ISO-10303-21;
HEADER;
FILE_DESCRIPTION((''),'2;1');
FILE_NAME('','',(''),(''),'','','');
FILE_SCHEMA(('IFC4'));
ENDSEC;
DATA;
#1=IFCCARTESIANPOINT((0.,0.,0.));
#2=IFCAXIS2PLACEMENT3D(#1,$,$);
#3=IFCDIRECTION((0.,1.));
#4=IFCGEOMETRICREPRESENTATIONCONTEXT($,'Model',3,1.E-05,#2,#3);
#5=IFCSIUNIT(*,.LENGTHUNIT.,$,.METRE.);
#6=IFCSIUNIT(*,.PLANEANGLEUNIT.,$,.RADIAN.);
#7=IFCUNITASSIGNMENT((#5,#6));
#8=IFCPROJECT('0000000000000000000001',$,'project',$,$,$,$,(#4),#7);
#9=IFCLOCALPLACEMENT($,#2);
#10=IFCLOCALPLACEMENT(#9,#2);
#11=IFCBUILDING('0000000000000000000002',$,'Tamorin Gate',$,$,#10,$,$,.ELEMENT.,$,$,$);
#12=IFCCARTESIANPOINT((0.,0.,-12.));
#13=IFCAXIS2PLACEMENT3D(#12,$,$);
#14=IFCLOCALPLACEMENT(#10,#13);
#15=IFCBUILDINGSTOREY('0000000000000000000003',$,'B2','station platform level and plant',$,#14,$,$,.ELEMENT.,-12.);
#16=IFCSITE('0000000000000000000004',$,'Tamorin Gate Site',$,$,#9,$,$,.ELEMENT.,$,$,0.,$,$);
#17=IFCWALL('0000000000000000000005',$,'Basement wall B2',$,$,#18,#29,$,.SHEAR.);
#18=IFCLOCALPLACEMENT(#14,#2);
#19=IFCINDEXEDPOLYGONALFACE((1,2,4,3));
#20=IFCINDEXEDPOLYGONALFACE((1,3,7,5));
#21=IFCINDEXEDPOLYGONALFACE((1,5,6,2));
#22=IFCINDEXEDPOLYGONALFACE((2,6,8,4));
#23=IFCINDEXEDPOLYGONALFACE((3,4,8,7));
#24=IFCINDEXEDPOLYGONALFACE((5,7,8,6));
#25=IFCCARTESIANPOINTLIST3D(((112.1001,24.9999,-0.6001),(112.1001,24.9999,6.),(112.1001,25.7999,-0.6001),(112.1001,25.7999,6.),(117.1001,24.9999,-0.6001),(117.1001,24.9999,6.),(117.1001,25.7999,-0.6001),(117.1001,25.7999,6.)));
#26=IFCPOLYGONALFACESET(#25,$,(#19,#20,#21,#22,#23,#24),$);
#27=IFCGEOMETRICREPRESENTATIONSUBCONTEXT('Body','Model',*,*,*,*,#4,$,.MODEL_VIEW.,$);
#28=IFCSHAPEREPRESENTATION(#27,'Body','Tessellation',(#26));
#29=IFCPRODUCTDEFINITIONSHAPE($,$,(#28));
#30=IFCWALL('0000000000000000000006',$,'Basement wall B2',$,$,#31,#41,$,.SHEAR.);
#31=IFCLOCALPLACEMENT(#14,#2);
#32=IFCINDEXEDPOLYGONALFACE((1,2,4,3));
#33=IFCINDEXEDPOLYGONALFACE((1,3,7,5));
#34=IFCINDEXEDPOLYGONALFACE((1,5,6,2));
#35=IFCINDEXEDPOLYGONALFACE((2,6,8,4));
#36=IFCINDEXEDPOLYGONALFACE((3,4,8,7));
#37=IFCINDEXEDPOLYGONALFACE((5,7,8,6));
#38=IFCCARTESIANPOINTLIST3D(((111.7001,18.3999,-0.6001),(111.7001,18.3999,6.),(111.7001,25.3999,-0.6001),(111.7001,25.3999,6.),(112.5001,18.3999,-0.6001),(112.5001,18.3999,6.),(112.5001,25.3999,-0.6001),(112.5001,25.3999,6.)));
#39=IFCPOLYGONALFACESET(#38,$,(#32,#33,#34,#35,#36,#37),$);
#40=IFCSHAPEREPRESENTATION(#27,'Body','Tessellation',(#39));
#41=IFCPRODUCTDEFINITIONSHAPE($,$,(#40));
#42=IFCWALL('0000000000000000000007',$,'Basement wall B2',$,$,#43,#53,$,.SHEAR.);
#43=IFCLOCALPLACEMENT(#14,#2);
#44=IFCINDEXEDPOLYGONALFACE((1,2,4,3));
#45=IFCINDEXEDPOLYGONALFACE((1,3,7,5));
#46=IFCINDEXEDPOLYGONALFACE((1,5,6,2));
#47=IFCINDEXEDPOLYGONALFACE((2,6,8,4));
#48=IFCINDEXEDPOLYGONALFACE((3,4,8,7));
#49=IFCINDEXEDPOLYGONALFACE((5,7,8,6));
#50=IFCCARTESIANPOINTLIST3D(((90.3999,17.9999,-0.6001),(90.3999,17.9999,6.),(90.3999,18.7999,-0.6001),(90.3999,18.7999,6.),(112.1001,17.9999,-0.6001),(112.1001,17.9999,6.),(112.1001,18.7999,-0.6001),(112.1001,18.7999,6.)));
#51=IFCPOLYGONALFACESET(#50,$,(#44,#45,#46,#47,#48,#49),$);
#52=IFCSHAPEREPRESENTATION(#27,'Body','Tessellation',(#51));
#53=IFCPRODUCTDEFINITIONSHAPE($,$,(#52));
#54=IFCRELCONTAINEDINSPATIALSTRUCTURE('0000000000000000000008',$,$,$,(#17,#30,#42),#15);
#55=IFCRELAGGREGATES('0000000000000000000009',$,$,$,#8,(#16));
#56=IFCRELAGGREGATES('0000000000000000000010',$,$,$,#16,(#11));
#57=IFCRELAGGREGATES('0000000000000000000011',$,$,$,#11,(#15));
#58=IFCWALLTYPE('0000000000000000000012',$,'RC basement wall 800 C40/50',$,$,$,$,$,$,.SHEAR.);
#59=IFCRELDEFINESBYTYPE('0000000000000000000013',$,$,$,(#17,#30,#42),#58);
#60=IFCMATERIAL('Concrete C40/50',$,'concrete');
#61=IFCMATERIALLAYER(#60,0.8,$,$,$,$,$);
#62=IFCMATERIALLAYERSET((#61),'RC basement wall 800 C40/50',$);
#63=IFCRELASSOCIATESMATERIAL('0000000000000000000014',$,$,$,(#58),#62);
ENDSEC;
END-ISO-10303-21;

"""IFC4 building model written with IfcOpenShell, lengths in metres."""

from ifc_helpers import new_model, si_unit, direction, frame, frame_2d, origin, place, context, subcontext, project, spatial, rectangle, extrude, material, layer, layer_set, type_object, element, save


model = new_model("IFC4")

# Units and contexts
model_context = context("Model", 3, precision=1e-05, world=origin(), true_north=direction((0.0, 1.0)))
body_context = subcontext(model_context, "Body", "Model", "MODEL_VIEW")
ifc_project = project(units=[si_unit("LENGTHUNIT", "METRE"), si_unit("PLANEANGLEUNIT", "RADIAN")], contexts=[model_context])

# Site, building, storey
site_placement = place(None, origin())
site = spatial("IfcSite", under=ifc_project, at=site_placement, Name="Tamorin Gate Site", CompositionType="ELEMENT", RefElevation=0.0)
building_placement = place(site_placement, origin())
building = spatial("IfcBuilding", under=site, at=building_placement, Name="Tamorin Gate", CompositionType="ELEMENT")
storey_placement = place(building_placement, frame((0.0, 0.0, -12.0)))
storey = spatial("IfcBuildingStorey", under=building, at=storey_placement, Name="B2", Description="station platform level and plant", CompositionType="ELEMENT", Elevation=-12.0)

# Shared definitions
ifc_material_1 = material(Name="Concrete C40/50", Category="concrete")

# Walls
ifc_layer_1 = layer(ifc_material_1, 0.8)
ifc_layer_set_1 = layer_set([ifc_layer_1], Name="RC basement wall 800 C40/50")
wall_type_1 = type_object("IfcWallType", Name="RC basement wall 800 C40/50", PredefinedType="SHEAR", material=ifc_layer_set_1)
wall_1_placement = place(storey_placement, frame((117.1001, 25.3999, -0.6001), z_axis=(0.0, 0.0, 1.0), x_axis=(-1.0, 0.0, 0.0)))
element("IfcWall", 1, at=wall_1_placement, inside=storey, type_object=wall_type_1, Name="Basement wall B2", PredefinedType="SHEAR", context=body_context, shape_type="SweptSolid", body=[
    extrude(rectangle(XDim=5.0, YDim=0.8, at=frame_2d((2.5, 0.0))), origin(), (0.0, 0.0, 1.0), 6.6001),
])
wall_2_placement = place(storey_placement, frame((112.1001, 25.3999, -0.6001), z_axis=(0.0, 0.0, 1.0), x_axis=(0.0, -1.0, 0.0)))
element("IfcWall", 2, at=wall_2_placement, inside=storey, type_object=wall_type_1, Name="Basement wall B2", PredefinedType="SHEAR", context=body_context, shape_type="SweptSolid", body=[
    extrude(rectangle(XDim=7.0, YDim=0.8, at=frame_2d((3.5, 0.0))), origin(), (0.0, 0.0, 1.0), 6.6001),
])
wall_3_placement = place(storey_placement, frame((112.1001, 18.3999, -0.6001), z_axis=(0.0, 0.0, 1.0), x_axis=(-1.0, 0.0, 0.0)))
element("IfcWall", 3, at=wall_3_placement, inside=storey, type_object=wall_type_1, Name="Basement wall B2", PredefinedType="SHEAR", context=body_context, shape_type="SweptSolid", body=[
    extrude(rectangle(XDim=21.7002, YDim=0.8, at=frame_2d((10.8501, 0.0))), origin(), (0.0, 0.0, 1.0), 6.6001),
])

save(model, "model.ifc")
